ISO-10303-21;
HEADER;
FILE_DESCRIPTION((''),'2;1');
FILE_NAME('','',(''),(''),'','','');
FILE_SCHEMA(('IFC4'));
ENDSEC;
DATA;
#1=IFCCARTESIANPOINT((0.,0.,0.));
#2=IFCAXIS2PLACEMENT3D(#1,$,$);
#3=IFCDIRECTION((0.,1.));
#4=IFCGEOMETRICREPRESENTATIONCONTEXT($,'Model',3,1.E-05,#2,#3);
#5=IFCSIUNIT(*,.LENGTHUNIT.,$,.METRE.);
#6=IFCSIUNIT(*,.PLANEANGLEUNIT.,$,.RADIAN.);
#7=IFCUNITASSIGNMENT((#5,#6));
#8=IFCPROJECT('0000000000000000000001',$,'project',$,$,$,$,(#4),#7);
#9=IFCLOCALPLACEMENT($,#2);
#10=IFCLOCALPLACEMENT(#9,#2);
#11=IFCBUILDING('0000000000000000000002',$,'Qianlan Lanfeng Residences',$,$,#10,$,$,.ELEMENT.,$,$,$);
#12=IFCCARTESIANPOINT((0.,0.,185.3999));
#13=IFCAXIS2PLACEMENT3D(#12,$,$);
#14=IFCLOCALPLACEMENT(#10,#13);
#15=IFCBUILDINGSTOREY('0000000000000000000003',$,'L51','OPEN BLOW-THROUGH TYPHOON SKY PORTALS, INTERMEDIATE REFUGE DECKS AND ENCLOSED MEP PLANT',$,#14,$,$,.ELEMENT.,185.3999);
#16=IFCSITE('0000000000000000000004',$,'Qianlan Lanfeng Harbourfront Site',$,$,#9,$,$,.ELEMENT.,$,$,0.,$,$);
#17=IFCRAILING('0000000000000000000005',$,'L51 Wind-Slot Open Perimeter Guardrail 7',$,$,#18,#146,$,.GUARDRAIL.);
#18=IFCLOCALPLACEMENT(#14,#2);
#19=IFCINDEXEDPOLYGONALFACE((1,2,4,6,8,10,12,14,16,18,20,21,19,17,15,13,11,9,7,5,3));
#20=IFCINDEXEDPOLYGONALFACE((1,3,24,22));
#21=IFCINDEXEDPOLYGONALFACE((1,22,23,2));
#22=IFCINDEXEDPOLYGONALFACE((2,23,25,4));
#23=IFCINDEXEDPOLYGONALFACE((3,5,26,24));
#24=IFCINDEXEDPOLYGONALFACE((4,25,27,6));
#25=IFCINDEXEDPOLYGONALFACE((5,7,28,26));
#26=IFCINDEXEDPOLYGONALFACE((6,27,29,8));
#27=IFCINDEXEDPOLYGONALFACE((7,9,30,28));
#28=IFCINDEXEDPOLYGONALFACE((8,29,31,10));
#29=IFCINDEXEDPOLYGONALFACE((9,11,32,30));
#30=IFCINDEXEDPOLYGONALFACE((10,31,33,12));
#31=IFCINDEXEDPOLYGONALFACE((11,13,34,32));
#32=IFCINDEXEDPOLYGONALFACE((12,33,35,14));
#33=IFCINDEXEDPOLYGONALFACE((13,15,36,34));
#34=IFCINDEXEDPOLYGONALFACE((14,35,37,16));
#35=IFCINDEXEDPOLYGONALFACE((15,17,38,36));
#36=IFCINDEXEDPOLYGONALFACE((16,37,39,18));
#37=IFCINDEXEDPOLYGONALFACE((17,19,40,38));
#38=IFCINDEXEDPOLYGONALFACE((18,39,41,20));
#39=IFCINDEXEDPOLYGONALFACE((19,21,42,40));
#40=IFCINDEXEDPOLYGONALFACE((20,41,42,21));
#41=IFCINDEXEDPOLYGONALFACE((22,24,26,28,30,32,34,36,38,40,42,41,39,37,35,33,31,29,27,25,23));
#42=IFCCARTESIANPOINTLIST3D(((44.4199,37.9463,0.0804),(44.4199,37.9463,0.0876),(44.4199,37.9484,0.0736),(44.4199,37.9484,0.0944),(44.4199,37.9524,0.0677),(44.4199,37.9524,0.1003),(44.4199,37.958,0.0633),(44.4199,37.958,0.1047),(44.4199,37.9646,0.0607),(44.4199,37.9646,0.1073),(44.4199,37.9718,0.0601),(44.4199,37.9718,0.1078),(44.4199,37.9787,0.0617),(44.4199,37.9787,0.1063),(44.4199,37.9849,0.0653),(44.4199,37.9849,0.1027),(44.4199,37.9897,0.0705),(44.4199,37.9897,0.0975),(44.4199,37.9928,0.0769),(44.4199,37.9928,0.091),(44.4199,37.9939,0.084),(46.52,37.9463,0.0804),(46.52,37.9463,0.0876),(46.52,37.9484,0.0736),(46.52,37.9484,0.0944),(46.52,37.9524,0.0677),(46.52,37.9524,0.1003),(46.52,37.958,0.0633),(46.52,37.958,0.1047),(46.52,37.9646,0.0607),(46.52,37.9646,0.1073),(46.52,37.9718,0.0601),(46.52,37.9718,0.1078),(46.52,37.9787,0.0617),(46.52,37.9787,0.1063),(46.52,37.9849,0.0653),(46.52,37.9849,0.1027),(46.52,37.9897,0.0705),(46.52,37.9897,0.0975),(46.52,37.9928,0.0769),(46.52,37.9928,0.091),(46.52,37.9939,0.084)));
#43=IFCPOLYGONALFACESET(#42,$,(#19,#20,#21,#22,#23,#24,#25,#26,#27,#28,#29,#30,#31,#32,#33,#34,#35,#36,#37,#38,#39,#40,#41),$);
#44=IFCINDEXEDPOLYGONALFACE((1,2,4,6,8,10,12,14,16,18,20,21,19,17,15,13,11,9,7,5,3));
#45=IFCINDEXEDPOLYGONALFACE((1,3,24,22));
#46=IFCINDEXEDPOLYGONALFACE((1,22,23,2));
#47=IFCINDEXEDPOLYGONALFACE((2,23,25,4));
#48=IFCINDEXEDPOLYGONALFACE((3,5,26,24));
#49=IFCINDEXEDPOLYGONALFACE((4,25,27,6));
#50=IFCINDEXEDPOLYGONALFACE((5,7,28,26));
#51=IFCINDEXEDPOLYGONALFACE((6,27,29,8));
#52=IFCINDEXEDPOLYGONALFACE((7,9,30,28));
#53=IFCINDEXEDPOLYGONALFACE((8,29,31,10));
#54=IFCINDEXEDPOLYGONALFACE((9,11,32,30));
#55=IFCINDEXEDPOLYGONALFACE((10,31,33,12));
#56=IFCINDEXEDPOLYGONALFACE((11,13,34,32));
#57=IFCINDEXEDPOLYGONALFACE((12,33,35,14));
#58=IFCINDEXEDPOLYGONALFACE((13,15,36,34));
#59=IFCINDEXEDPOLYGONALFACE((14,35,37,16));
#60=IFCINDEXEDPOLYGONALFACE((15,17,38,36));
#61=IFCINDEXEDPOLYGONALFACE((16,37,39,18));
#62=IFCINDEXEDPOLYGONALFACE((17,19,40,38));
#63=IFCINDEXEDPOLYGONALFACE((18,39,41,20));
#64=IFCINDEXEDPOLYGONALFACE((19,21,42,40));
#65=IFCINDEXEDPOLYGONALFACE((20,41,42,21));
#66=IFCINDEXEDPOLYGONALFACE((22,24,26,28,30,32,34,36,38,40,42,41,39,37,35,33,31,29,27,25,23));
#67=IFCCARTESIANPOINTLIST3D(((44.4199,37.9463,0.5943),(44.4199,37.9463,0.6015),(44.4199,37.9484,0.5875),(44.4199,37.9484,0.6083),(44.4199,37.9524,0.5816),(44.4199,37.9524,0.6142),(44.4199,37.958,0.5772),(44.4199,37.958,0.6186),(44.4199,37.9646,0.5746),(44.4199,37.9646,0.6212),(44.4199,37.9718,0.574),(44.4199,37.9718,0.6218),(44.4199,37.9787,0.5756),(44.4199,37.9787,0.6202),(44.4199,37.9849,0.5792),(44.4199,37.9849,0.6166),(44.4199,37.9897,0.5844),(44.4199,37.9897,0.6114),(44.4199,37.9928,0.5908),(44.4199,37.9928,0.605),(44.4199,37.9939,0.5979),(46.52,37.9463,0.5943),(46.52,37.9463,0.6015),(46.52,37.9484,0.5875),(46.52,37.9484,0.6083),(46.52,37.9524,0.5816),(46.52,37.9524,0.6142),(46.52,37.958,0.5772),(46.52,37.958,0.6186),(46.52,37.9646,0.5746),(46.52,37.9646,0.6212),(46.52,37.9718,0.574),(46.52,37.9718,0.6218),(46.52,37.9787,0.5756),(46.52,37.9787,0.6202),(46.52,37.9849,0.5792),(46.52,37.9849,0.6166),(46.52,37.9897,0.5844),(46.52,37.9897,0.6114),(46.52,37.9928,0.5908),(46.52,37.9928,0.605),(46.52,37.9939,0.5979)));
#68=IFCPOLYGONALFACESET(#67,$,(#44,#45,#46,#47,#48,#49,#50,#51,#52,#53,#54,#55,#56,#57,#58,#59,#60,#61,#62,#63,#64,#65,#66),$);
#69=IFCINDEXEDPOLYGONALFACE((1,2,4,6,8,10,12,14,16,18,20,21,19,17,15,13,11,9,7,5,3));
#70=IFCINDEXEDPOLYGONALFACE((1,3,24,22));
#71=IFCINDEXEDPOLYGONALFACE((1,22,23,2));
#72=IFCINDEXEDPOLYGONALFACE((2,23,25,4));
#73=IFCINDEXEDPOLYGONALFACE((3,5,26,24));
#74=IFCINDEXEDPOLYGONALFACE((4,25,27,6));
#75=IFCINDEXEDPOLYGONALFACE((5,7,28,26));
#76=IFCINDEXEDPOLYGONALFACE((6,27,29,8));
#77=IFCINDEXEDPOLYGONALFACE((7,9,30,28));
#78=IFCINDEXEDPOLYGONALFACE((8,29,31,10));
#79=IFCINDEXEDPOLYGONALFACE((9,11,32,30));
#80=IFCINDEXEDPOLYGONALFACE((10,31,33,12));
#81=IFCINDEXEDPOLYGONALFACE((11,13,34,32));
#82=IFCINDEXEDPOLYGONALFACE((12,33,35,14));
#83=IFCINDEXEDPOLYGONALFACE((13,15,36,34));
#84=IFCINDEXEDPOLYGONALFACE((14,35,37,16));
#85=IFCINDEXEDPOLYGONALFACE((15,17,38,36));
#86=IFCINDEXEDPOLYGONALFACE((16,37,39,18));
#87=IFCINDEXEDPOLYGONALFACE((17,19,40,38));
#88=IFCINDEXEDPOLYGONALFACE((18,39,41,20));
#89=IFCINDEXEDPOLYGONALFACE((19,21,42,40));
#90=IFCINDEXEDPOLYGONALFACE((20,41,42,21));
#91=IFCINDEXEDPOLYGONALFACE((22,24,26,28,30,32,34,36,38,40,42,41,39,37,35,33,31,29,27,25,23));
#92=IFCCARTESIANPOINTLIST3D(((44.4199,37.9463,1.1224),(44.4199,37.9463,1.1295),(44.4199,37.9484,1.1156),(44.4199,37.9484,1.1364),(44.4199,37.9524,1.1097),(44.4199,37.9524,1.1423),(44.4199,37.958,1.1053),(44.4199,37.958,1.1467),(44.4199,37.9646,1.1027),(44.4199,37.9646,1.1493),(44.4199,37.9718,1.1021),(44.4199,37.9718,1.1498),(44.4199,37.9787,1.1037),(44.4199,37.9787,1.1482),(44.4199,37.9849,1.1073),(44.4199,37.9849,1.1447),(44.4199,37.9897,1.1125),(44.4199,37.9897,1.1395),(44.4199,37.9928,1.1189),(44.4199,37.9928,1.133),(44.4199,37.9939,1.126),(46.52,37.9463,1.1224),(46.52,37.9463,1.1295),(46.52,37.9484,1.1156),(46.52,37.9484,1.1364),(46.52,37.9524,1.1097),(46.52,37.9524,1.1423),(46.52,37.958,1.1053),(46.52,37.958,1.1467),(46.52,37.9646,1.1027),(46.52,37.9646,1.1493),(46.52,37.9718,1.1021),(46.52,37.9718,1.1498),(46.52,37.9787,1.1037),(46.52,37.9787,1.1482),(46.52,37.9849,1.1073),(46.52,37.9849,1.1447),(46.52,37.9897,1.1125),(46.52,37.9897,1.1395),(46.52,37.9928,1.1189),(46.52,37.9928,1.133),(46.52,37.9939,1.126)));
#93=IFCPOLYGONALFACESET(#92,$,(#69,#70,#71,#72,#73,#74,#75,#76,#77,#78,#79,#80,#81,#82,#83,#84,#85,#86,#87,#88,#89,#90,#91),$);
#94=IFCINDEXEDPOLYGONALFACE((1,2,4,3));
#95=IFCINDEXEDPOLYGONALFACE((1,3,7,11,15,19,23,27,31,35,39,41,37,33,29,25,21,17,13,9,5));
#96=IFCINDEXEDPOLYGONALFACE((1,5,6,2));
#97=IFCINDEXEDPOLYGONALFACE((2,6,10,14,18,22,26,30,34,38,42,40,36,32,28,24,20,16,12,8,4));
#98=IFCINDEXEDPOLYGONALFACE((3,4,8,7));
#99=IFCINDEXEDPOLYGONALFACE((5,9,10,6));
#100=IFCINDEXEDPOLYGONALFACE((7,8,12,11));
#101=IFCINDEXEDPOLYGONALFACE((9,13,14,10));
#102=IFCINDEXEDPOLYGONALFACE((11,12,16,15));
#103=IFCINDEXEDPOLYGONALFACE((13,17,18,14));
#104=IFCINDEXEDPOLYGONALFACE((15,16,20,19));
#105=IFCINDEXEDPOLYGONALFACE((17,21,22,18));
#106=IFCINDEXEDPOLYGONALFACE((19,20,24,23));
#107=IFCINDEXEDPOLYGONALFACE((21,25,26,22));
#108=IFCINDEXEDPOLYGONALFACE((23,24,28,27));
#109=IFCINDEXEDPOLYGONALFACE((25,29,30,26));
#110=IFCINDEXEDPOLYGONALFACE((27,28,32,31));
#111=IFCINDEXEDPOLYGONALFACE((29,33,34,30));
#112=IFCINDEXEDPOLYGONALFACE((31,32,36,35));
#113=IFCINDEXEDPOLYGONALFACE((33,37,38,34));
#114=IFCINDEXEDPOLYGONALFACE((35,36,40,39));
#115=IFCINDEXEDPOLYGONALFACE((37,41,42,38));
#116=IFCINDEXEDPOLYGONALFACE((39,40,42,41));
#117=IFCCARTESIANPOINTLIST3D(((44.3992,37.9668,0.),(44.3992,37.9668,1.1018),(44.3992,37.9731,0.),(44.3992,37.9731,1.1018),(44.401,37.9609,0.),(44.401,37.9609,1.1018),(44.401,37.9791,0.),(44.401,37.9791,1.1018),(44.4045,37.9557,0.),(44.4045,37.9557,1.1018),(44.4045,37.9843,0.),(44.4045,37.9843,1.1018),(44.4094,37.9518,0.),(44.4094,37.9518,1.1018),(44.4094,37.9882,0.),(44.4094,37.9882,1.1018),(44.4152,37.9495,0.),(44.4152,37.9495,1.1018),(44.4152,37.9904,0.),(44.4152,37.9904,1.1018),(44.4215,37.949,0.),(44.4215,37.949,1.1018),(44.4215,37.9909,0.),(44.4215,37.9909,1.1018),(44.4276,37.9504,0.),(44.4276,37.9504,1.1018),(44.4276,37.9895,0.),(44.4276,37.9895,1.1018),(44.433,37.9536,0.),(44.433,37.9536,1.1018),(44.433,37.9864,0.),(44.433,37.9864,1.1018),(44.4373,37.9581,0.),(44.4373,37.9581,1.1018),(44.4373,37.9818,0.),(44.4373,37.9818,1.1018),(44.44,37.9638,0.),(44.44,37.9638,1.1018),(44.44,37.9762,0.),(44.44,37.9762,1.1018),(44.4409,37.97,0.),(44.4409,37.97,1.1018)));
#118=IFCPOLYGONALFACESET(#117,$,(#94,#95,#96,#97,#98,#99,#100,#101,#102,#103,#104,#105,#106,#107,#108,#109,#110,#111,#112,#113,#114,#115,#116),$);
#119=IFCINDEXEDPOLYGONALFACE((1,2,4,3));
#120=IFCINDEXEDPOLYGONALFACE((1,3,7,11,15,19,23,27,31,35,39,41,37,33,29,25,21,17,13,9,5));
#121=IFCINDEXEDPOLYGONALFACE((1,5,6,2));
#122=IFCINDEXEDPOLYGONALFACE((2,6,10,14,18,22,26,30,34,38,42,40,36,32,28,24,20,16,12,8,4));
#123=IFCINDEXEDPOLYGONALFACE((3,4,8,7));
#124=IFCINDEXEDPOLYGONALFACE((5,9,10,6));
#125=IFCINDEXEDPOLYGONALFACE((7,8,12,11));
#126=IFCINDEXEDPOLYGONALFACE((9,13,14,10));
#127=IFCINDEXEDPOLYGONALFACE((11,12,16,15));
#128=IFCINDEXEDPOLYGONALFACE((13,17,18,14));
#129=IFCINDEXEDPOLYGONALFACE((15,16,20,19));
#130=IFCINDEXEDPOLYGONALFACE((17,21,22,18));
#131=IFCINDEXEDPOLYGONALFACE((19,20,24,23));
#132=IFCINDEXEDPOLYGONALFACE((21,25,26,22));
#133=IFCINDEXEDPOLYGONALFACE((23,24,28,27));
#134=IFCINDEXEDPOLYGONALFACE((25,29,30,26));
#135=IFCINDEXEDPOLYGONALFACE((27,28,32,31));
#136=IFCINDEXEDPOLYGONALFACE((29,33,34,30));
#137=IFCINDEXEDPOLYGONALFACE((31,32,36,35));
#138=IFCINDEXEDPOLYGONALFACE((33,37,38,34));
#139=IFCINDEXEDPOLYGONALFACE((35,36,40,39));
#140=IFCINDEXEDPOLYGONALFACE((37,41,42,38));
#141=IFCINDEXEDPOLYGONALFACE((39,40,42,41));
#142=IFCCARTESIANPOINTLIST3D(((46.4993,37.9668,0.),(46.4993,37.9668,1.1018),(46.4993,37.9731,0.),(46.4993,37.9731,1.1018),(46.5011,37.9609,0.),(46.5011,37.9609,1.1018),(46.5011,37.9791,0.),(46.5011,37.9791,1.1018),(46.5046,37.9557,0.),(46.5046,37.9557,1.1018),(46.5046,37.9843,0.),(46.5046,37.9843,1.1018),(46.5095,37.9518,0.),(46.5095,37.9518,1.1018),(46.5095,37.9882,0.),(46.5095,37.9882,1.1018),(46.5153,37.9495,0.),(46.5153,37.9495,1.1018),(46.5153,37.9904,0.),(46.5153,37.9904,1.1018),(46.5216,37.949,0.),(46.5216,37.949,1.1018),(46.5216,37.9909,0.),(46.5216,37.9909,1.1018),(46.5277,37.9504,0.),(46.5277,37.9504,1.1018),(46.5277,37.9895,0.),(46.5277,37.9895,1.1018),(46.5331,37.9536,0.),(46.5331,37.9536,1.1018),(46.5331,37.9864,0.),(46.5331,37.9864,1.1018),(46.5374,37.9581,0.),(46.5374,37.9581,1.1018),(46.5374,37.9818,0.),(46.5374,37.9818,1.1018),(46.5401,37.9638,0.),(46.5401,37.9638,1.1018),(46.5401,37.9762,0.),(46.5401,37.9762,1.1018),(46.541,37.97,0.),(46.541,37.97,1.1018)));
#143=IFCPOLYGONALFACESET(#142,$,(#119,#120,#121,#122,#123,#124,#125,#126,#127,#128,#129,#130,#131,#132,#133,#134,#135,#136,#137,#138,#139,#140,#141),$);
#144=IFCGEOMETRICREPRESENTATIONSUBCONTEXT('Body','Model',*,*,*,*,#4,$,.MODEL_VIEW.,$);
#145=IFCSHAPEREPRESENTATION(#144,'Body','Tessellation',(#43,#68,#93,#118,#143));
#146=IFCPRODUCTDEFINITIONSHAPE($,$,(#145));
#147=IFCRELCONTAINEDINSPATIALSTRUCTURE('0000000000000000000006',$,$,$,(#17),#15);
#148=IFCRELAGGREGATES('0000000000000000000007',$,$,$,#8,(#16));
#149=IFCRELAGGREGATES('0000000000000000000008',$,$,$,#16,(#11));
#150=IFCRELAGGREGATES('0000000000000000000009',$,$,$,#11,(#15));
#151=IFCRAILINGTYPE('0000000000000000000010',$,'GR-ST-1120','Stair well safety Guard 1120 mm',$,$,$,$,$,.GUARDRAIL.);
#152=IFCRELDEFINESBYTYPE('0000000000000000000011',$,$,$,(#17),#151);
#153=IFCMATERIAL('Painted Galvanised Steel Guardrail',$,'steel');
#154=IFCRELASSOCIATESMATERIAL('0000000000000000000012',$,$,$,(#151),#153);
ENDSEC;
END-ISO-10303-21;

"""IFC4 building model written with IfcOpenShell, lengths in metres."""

from ifc_helpers import new_model, si_unit, direction, frame, origin, origin_2d, place, context, subcontext, project, spatial, circle, extrude, material, type_object, element, save


model = new_model("IFC4")

# Units and contexts
model_context = context("Model", 3, precision=1e-05, world=origin(), true_north=direction((0.0, 1.0)))
body_context = subcontext(model_context, "Body", "Model", "MODEL_VIEW")
ifc_project = project(units=[si_unit("LENGTHUNIT", "METRE"), si_unit("PLANEANGLEUNIT", "RADIAN")], contexts=[model_context])

# Site, building, storey
site_placement = place(None, origin())
site = spatial("IfcSite", under=ifc_project, at=site_placement, Name="Qianlan Lanfeng Harbourfront Site", CompositionType="ELEMENT", RefElevation=0.0)
building_placement = place(site_placement, origin())
building = spatial("IfcBuilding", under=site, at=building_placement, Name="Qianlan Lanfeng Residences", CompositionType="ELEMENT")
storey_placement = place(building_placement, frame((0.0, 0.0, 185.3999)))
storey = spatial("IfcBuildingStorey", under=building, at=storey_placement, Name="L51", Description="OPEN BLOW-THROUGH TYPHOON SKY PORTALS, INTERMEDIATE REFUGE DECKS AND ENCLOSED MEP PLANT", CompositionType="ELEMENT", Elevation=185.3999)

# Railing
ifc_material_1 = material(Name="Painted Galvanised Steel Guardrail", Category="steel")
railing_type_1 = type_object("IfcRailingType", Name="GR-ST-1120", Description="Stair well safety Guard 1120 mm", PredefinedType="GUARDRAIL", material=ifc_material_1)
railing_1_placement = place(storey_placement, frame((44.4199, 37.97, 0.0)))
element("IfcRailing", 1, at=railing_1_placement, inside=storey, type_object=railing_type_1, Name="L51 Wind-Slot Open Perimeter Guardrail 7", PredefinedType="GUARDRAIL", context=body_context, shape_type="SweptSolid", body=[
    extrude(circle(Radius=0.0239, at=origin_2d()), frame((0.0, 0.0, 0.084), z_axis=(1.0, 0.0, 0.0), x_axis=(0.0, 1.0, 0.0)), (0.0, 0.0, 1.0), 2.1001),
    extrude(circle(Radius=0.0239, at=origin_2d()), frame((0.0, 0.0, 0.5979), z_axis=(1.0, 0.0, 0.0), x_axis=(0.0, 1.0, 0.0)), (0.0, 0.0, 1.0), 2.1001),
    extrude(circle(Radius=0.0239, at=origin_2d()), frame((0.0, 0.0, 1.126), z_axis=(1.0, 0.0, 0.0), x_axis=(0.0, 1.0, 0.0)), (0.0, 0.0, 1.0), 2.1001),
    extrude(circle(Radius=0.021, at=origin_2d()), origin(), (0.0, 0.0, 1.0), 1.1018),
    extrude(circle(Radius=0.021, at=origin_2d()), frame((2.1001, 0.0, 0.0)), (0.0, 0.0, 1.0), 1.1018),
])

save(model, "model.ifc")
